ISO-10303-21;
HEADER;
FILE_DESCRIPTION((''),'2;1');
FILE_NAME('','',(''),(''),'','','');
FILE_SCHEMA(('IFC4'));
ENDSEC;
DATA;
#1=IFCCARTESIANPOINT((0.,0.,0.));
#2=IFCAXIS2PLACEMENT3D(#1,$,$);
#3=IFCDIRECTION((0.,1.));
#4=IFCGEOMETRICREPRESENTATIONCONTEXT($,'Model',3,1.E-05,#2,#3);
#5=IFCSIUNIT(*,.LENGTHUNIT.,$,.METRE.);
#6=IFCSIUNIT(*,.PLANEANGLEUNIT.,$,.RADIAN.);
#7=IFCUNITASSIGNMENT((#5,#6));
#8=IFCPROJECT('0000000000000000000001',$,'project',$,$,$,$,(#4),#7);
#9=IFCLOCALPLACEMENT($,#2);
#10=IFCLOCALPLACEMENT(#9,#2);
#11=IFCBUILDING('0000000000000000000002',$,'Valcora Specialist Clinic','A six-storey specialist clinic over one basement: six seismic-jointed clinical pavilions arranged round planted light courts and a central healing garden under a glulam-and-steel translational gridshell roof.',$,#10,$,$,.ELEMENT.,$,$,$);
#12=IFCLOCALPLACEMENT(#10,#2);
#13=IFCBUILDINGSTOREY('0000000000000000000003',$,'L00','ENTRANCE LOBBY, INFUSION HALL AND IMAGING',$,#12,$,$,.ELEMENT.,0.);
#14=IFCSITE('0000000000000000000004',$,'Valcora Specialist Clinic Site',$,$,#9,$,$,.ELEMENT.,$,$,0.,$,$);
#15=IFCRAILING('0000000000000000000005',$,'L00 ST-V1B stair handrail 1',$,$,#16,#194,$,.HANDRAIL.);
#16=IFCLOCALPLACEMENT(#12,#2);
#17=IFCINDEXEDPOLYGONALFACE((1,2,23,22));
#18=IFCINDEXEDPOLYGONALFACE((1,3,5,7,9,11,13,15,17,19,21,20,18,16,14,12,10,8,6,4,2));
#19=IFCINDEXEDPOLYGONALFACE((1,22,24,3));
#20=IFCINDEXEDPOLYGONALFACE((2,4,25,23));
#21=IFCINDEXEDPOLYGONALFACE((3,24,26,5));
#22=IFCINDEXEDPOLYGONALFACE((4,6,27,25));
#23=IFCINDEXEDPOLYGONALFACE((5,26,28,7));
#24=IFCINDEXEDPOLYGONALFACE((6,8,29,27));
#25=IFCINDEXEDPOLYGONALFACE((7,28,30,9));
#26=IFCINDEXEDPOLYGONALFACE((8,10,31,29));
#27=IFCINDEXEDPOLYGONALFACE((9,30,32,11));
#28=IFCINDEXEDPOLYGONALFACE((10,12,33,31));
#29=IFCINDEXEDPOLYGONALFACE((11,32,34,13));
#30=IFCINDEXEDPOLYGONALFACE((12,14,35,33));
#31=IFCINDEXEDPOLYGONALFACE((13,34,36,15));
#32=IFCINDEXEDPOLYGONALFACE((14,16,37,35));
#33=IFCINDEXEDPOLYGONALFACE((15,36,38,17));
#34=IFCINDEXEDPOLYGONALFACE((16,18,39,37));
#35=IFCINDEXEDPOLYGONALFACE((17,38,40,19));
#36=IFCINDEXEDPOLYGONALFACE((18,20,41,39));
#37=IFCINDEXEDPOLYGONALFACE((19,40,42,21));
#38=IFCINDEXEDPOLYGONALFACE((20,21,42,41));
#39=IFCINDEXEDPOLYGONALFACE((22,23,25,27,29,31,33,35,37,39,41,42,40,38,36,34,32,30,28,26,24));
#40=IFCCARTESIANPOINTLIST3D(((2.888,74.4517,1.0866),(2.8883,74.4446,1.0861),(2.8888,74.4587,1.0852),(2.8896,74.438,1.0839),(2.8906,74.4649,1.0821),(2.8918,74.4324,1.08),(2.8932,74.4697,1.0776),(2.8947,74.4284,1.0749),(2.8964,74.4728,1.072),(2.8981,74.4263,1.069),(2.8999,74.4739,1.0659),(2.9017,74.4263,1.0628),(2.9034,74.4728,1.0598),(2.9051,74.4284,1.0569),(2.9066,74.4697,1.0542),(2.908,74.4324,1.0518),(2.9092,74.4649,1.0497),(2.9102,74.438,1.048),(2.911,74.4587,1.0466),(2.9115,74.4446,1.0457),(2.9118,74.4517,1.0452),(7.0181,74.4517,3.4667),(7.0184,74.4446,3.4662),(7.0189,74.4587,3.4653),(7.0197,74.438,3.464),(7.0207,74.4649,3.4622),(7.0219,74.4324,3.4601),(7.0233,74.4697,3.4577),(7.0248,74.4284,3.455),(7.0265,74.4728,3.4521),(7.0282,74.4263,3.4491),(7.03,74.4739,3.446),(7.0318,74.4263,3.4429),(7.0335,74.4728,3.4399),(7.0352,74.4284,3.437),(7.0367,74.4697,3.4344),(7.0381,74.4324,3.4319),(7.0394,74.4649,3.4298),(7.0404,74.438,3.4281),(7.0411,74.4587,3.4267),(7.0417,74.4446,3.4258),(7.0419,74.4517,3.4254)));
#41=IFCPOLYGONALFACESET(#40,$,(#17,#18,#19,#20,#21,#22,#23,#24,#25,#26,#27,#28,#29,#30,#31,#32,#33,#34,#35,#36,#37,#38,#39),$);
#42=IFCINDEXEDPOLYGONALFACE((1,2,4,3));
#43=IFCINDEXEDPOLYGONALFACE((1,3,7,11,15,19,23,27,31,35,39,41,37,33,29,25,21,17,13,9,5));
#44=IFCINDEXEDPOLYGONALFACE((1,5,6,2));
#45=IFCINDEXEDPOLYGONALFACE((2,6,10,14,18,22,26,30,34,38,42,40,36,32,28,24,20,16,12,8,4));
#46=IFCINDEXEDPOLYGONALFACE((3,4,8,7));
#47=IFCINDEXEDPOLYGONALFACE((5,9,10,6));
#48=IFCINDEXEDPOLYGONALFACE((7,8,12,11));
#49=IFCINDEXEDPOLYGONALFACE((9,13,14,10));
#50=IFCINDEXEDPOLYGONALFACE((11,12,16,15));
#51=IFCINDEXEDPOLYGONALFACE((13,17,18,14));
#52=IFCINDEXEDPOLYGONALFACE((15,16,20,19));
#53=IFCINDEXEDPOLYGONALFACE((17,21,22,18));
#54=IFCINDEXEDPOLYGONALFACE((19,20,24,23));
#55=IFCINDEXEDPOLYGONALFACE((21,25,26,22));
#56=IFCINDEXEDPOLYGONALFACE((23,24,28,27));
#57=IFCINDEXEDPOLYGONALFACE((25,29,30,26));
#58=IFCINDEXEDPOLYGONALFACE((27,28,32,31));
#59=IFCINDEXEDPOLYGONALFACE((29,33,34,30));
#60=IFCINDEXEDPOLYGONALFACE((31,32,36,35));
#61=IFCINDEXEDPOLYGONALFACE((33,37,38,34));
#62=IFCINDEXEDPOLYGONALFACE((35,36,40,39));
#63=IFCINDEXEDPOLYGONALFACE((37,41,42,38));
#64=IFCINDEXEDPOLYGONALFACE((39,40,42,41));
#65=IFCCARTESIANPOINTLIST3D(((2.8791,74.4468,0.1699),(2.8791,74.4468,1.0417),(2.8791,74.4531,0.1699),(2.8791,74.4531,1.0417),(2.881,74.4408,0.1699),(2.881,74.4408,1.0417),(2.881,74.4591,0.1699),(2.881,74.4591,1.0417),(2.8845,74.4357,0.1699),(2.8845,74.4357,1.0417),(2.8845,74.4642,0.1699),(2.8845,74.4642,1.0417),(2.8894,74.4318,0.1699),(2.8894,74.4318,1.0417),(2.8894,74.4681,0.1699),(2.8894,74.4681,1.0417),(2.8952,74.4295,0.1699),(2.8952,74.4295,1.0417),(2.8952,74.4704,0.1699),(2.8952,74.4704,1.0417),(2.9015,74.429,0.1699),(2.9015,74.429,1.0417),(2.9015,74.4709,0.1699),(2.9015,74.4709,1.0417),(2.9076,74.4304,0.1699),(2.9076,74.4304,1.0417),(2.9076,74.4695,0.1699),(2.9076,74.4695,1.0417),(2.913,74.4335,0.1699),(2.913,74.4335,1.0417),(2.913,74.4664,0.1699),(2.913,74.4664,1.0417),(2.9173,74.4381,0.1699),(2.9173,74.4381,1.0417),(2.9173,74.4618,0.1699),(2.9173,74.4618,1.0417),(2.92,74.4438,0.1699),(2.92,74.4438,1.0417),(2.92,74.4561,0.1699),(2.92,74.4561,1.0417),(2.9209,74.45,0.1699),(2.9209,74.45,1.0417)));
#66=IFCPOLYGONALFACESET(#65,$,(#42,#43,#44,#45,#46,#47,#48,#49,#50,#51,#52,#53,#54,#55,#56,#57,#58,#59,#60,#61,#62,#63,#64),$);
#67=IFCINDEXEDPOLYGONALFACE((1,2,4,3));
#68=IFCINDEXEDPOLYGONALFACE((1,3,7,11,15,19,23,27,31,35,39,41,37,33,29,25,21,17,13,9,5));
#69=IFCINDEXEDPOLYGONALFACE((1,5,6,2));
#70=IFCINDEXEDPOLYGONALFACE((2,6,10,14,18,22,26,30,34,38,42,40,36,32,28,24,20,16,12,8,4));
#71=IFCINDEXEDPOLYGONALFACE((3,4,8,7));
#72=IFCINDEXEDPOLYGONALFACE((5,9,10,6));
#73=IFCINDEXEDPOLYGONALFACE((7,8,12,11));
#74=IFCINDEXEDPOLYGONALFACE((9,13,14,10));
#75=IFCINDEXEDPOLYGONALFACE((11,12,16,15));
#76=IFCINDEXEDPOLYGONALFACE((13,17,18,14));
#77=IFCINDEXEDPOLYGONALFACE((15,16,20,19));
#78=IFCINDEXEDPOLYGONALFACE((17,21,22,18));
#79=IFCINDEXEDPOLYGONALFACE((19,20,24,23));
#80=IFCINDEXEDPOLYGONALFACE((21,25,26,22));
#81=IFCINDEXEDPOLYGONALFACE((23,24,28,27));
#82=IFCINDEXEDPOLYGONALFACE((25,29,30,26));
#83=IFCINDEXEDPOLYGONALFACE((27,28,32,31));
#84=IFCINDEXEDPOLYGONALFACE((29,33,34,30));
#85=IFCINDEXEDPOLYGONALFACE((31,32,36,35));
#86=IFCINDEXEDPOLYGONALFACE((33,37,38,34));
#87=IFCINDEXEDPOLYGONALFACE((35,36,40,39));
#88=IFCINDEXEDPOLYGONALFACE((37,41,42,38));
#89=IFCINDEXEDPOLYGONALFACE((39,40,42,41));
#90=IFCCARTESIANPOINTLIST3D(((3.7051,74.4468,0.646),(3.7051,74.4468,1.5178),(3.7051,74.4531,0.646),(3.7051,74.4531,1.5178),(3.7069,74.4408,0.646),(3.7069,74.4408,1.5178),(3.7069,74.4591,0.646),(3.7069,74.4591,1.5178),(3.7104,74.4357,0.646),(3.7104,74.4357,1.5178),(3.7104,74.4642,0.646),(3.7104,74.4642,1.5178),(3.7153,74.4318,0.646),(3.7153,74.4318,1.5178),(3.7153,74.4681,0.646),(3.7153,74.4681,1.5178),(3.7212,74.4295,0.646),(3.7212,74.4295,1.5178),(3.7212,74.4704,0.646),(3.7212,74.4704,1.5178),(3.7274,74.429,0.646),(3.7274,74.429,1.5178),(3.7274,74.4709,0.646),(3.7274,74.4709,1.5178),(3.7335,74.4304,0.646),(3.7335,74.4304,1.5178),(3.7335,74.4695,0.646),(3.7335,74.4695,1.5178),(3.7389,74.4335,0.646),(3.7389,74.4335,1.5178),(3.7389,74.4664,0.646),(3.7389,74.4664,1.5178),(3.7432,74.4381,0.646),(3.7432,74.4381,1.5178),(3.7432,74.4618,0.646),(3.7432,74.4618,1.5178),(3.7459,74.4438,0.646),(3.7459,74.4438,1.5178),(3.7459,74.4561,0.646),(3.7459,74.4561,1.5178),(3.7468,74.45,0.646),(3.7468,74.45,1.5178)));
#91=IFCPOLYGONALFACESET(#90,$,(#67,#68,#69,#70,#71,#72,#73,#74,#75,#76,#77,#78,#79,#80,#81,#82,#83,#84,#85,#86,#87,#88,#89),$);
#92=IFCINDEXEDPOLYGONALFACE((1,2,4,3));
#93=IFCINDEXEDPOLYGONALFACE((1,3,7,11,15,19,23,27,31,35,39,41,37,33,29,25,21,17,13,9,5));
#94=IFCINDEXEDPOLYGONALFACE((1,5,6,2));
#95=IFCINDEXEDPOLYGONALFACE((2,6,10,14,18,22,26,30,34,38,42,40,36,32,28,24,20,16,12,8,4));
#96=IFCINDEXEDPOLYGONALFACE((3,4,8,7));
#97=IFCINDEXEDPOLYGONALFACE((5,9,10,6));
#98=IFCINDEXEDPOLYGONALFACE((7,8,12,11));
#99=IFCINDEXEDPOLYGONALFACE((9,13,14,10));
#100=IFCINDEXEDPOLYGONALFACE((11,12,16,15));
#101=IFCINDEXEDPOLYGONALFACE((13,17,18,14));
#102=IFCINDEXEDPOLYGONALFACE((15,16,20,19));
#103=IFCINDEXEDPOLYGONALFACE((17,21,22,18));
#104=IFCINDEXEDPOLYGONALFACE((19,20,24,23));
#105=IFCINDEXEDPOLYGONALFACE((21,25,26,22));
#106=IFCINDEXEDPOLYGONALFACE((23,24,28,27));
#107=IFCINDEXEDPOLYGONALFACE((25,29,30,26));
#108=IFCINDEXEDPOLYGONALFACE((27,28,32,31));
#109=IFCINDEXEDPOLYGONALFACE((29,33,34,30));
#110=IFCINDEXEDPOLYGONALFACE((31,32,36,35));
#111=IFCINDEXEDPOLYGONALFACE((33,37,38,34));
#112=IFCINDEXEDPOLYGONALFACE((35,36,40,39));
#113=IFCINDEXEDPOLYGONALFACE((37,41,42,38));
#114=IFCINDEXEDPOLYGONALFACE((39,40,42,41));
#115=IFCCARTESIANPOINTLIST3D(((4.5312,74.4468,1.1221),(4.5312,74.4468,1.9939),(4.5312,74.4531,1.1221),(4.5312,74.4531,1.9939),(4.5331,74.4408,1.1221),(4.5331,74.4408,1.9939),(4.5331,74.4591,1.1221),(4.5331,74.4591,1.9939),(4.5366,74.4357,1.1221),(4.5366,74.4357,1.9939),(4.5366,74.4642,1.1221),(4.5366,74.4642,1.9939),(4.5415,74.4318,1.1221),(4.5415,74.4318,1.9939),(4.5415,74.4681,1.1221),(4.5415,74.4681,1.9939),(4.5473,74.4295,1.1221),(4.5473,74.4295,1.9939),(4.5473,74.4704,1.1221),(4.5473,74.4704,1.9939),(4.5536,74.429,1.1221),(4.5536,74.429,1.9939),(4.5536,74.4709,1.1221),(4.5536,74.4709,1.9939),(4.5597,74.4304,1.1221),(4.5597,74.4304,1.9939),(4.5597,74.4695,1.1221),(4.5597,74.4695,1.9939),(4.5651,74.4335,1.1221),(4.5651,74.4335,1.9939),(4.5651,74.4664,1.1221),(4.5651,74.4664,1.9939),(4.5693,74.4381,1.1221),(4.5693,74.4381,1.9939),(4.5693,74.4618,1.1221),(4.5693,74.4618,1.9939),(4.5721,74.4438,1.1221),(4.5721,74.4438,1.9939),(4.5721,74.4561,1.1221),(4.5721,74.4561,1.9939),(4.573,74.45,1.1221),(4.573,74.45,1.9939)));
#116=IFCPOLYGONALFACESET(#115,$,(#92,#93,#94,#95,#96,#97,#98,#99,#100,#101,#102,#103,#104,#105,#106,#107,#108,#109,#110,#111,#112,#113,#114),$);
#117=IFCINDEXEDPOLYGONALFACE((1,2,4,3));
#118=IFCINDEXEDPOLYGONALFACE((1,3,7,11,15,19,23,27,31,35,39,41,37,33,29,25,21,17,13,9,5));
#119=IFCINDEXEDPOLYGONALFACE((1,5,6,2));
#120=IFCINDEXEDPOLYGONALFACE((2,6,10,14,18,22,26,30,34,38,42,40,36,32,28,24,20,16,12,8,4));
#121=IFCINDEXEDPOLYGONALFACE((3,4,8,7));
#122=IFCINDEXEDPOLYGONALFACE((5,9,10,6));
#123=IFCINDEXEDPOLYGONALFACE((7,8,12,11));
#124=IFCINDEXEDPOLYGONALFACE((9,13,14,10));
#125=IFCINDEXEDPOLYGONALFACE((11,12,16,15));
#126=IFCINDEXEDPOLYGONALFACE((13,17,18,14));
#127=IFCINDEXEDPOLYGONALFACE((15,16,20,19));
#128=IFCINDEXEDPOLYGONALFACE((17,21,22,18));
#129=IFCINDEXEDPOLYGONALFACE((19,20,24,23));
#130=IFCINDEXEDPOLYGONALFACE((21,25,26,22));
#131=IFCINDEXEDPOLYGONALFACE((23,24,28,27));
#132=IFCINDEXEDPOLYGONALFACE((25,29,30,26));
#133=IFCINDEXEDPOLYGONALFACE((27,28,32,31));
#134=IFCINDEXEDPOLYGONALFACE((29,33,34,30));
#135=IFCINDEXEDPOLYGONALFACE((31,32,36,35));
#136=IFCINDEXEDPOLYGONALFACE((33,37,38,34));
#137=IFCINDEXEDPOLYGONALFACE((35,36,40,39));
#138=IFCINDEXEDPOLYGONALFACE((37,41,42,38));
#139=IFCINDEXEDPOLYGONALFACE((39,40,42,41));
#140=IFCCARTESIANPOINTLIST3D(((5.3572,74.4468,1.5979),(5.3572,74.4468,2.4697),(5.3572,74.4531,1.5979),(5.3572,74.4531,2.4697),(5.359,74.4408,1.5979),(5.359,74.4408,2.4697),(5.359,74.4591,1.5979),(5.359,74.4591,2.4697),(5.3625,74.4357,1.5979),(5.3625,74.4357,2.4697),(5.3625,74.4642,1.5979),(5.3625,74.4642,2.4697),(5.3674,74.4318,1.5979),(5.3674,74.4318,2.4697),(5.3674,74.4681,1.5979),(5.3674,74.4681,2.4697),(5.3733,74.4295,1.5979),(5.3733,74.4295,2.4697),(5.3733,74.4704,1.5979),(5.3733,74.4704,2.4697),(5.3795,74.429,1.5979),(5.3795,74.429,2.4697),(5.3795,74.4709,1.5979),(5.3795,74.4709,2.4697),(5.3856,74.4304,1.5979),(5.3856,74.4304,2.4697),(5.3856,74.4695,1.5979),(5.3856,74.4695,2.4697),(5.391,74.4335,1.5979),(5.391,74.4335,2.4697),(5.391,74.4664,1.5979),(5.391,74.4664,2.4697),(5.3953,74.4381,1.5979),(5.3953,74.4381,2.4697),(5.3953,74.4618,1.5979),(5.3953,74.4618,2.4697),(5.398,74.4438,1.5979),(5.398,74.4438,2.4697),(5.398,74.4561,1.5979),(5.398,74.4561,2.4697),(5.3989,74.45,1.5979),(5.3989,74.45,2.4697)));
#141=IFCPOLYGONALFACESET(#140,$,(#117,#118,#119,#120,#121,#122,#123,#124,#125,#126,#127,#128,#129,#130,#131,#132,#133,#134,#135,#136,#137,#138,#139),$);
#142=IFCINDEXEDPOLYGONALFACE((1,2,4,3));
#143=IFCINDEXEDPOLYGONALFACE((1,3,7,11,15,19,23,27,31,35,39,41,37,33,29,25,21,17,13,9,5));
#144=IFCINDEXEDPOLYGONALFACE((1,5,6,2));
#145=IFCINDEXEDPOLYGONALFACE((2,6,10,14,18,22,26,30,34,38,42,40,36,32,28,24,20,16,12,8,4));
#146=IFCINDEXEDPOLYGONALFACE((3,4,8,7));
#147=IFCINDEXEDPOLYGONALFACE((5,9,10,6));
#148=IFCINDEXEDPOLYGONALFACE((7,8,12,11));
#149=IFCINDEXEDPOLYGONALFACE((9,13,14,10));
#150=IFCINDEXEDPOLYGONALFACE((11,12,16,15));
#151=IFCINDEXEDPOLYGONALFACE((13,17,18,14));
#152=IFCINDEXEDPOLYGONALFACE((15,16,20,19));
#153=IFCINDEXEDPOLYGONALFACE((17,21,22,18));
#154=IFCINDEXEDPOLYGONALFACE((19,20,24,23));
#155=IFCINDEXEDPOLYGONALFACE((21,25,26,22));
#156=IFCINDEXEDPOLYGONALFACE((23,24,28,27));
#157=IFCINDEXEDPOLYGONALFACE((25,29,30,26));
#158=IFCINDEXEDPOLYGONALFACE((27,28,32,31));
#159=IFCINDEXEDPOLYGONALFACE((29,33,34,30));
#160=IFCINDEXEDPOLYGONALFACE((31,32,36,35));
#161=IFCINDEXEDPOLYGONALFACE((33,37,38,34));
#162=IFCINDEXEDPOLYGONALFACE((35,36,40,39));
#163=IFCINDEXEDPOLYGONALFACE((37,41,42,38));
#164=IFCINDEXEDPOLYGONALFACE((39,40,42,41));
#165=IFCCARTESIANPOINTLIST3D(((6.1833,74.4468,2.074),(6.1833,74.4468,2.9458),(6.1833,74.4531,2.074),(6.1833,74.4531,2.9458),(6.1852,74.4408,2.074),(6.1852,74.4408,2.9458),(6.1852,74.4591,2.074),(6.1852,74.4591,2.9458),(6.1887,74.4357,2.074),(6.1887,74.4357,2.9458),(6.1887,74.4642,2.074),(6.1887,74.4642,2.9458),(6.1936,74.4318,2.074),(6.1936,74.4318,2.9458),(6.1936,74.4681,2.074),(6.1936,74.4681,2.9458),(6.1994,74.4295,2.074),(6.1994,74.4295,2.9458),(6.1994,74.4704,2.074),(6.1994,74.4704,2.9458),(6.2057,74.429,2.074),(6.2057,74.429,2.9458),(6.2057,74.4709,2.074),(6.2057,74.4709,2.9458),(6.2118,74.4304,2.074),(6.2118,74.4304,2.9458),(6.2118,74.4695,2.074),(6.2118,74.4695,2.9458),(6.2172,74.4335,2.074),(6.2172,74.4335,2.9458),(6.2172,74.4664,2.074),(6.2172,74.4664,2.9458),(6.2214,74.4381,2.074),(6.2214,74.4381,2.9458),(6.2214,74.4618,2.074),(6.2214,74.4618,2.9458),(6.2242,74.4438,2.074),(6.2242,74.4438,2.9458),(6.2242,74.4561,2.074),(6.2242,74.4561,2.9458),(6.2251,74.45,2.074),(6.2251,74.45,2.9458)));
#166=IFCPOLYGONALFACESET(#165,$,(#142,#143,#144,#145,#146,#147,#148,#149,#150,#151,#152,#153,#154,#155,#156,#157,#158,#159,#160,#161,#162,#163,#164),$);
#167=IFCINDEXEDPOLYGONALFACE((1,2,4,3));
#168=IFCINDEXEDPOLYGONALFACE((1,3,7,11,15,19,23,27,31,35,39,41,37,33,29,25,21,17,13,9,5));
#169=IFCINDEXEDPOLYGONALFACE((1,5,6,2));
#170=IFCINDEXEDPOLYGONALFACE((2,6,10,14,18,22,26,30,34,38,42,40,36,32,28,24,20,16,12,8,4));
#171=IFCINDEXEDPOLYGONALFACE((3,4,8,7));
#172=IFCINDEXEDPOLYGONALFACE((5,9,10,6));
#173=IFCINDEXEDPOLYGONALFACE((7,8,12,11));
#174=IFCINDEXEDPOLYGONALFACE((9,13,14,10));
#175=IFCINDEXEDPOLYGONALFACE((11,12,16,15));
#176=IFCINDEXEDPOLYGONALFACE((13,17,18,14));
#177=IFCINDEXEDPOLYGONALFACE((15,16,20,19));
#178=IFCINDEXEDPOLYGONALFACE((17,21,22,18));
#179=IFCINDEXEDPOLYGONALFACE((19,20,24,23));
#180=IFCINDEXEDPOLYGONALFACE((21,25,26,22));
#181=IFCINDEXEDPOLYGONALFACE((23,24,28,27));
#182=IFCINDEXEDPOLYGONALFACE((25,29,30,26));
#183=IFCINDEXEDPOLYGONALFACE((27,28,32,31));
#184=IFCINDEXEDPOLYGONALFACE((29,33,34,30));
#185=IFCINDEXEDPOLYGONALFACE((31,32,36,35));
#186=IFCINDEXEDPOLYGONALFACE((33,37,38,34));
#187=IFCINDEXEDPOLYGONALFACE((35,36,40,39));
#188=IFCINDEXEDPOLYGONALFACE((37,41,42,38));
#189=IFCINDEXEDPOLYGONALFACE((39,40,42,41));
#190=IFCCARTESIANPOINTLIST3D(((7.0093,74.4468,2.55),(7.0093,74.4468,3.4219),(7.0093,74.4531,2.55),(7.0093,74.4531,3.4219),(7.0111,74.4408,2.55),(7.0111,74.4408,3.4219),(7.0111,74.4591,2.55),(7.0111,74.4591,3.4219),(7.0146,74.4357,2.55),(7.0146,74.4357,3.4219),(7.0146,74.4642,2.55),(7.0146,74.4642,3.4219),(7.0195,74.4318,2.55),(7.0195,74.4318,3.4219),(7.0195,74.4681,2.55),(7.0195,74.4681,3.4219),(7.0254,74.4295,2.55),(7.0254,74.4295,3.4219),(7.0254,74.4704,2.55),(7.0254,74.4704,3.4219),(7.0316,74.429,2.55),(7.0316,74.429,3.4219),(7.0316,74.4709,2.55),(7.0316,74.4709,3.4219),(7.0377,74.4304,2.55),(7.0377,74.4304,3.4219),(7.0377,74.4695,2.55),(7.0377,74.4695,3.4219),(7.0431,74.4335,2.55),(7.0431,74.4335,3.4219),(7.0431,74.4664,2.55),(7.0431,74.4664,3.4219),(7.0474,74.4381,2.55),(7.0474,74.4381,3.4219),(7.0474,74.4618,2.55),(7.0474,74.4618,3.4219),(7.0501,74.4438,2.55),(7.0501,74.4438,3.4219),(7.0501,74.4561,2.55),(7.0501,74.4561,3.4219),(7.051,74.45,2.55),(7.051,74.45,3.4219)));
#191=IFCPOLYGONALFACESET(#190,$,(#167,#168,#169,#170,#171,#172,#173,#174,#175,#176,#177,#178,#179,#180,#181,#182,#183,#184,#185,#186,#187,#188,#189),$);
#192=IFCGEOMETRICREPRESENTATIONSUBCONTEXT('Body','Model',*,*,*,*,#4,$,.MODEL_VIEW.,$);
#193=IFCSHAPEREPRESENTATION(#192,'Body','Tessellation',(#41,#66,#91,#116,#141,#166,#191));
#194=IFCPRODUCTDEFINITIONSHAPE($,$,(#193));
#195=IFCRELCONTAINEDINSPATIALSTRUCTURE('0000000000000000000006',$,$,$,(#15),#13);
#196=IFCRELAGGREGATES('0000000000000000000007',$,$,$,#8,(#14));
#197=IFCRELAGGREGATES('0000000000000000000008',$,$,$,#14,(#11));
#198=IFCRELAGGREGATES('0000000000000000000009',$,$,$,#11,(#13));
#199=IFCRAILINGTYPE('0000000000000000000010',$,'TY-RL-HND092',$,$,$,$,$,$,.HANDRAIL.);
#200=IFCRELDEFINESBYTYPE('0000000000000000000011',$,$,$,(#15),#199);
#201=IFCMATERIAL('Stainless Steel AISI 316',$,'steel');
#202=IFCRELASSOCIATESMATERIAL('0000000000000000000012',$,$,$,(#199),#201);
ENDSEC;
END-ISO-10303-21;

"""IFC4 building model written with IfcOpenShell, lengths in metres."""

from ifc_helpers import new_model, si_unit, direction, frame, origin, origin_2d, place, context, subcontext, project, spatial, circle, extrude, material, type_object, element, save


model = new_model("IFC4")

# Units and contexts
model_context = context("Model", 3, precision=1e-05, world=origin(), true_north=direction((0.0, 1.0)))
body_context = subcontext(model_context, "Body", "Model", "MODEL_VIEW")
ifc_project = project(units=[si_unit("LENGTHUNIT", "METRE"), si_unit("PLANEANGLEUNIT", "RADIAN")], contexts=[model_context])

# Site, building, storey
site_placement = place(None, origin())
site = spatial("IfcSite", under=ifc_project, at=site_placement, Name="Valcora Specialist Clinic Site", CompositionType="ELEMENT", RefElevation=0.0)
building_placement = place(site_placement, origin())
building = spatial("IfcBuilding", under=site, at=building_placement, Name="Valcora Specialist Clinic", Description="A six-storey specialist clinic over one basement: six seismic-jointed clinical pavilions arranged round planted light courts and a central healing garden under a glulam-and-steel translational gridshell roof.", CompositionType="ELEMENT")
storey_placement = place(building_placement, origin())
storey = spatial("IfcBuildingStorey", under=building, at=storey_placement, Name="L00", Description="ENTRANCE LOBBY, INFUSION HALL AND IMAGING", CompositionType="ELEMENT", Elevation=0.0)

# Railing
ifc_material_1 = material(Name="Stainless Steel AISI 316", Category="steel")
railing_type_1 = type_object("IfcRailingType", Name="TY-RL-HND092", PredefinedType="HANDRAIL", material=ifc_material_1)
railing_1_placement = place(storey_placement, frame((2.8999, 74.45, 0.1699)))
element("IfcRailing", 1, at=railing_1_placement, inside=storey, type_object=railing_type_1, Name="L00 ST-V1B stair handrail 1", PredefinedType="HANDRAIL", context=body_context, shape_type="SweptSolid", body=[
    extrude(circle(Radius=0.0239, at=origin_2d()), frame((0.0, 0.0, 0.896), z_axis=(0.866425, 0.0, 0.499307), x_axis=(0.0, 1.0, 0.0)), (0.0, 0.0, 1.0), 4.7668),
    extrude(circle(Radius=0.021, at=origin_2d()), origin(), (0.0, 0.0, 1.0), 0.8718),
    extrude(circle(Radius=0.021, at=origin_2d()), frame((0.8259, 0.0, 0.4761)), (0.0, 0.0, 1.0), 0.8718),
    extrude(circle(Radius=0.021, at=origin_2d()), frame((1.6521, 0.0, 0.9521)), (0.0, 0.0, 1.0), 0.8718),
    extrude(circle(Radius=0.021, at=origin_2d()), frame((2.478, 0.0, 1.428)), (0.0, 0.0, 1.0), 0.8718),
    extrude(circle(Radius=0.021, at=origin_2d()), frame((3.3042, 0.0, 1.9041)), (0.0, 0.0, 1.0), 0.8718),
    extrude(circle(Radius=0.021, at=origin_2d()), frame((4.1301, 0.0, 2.3801)), (0.0, 0.0, 1.0), 0.8718),
])

save(model, "model.ifc")
